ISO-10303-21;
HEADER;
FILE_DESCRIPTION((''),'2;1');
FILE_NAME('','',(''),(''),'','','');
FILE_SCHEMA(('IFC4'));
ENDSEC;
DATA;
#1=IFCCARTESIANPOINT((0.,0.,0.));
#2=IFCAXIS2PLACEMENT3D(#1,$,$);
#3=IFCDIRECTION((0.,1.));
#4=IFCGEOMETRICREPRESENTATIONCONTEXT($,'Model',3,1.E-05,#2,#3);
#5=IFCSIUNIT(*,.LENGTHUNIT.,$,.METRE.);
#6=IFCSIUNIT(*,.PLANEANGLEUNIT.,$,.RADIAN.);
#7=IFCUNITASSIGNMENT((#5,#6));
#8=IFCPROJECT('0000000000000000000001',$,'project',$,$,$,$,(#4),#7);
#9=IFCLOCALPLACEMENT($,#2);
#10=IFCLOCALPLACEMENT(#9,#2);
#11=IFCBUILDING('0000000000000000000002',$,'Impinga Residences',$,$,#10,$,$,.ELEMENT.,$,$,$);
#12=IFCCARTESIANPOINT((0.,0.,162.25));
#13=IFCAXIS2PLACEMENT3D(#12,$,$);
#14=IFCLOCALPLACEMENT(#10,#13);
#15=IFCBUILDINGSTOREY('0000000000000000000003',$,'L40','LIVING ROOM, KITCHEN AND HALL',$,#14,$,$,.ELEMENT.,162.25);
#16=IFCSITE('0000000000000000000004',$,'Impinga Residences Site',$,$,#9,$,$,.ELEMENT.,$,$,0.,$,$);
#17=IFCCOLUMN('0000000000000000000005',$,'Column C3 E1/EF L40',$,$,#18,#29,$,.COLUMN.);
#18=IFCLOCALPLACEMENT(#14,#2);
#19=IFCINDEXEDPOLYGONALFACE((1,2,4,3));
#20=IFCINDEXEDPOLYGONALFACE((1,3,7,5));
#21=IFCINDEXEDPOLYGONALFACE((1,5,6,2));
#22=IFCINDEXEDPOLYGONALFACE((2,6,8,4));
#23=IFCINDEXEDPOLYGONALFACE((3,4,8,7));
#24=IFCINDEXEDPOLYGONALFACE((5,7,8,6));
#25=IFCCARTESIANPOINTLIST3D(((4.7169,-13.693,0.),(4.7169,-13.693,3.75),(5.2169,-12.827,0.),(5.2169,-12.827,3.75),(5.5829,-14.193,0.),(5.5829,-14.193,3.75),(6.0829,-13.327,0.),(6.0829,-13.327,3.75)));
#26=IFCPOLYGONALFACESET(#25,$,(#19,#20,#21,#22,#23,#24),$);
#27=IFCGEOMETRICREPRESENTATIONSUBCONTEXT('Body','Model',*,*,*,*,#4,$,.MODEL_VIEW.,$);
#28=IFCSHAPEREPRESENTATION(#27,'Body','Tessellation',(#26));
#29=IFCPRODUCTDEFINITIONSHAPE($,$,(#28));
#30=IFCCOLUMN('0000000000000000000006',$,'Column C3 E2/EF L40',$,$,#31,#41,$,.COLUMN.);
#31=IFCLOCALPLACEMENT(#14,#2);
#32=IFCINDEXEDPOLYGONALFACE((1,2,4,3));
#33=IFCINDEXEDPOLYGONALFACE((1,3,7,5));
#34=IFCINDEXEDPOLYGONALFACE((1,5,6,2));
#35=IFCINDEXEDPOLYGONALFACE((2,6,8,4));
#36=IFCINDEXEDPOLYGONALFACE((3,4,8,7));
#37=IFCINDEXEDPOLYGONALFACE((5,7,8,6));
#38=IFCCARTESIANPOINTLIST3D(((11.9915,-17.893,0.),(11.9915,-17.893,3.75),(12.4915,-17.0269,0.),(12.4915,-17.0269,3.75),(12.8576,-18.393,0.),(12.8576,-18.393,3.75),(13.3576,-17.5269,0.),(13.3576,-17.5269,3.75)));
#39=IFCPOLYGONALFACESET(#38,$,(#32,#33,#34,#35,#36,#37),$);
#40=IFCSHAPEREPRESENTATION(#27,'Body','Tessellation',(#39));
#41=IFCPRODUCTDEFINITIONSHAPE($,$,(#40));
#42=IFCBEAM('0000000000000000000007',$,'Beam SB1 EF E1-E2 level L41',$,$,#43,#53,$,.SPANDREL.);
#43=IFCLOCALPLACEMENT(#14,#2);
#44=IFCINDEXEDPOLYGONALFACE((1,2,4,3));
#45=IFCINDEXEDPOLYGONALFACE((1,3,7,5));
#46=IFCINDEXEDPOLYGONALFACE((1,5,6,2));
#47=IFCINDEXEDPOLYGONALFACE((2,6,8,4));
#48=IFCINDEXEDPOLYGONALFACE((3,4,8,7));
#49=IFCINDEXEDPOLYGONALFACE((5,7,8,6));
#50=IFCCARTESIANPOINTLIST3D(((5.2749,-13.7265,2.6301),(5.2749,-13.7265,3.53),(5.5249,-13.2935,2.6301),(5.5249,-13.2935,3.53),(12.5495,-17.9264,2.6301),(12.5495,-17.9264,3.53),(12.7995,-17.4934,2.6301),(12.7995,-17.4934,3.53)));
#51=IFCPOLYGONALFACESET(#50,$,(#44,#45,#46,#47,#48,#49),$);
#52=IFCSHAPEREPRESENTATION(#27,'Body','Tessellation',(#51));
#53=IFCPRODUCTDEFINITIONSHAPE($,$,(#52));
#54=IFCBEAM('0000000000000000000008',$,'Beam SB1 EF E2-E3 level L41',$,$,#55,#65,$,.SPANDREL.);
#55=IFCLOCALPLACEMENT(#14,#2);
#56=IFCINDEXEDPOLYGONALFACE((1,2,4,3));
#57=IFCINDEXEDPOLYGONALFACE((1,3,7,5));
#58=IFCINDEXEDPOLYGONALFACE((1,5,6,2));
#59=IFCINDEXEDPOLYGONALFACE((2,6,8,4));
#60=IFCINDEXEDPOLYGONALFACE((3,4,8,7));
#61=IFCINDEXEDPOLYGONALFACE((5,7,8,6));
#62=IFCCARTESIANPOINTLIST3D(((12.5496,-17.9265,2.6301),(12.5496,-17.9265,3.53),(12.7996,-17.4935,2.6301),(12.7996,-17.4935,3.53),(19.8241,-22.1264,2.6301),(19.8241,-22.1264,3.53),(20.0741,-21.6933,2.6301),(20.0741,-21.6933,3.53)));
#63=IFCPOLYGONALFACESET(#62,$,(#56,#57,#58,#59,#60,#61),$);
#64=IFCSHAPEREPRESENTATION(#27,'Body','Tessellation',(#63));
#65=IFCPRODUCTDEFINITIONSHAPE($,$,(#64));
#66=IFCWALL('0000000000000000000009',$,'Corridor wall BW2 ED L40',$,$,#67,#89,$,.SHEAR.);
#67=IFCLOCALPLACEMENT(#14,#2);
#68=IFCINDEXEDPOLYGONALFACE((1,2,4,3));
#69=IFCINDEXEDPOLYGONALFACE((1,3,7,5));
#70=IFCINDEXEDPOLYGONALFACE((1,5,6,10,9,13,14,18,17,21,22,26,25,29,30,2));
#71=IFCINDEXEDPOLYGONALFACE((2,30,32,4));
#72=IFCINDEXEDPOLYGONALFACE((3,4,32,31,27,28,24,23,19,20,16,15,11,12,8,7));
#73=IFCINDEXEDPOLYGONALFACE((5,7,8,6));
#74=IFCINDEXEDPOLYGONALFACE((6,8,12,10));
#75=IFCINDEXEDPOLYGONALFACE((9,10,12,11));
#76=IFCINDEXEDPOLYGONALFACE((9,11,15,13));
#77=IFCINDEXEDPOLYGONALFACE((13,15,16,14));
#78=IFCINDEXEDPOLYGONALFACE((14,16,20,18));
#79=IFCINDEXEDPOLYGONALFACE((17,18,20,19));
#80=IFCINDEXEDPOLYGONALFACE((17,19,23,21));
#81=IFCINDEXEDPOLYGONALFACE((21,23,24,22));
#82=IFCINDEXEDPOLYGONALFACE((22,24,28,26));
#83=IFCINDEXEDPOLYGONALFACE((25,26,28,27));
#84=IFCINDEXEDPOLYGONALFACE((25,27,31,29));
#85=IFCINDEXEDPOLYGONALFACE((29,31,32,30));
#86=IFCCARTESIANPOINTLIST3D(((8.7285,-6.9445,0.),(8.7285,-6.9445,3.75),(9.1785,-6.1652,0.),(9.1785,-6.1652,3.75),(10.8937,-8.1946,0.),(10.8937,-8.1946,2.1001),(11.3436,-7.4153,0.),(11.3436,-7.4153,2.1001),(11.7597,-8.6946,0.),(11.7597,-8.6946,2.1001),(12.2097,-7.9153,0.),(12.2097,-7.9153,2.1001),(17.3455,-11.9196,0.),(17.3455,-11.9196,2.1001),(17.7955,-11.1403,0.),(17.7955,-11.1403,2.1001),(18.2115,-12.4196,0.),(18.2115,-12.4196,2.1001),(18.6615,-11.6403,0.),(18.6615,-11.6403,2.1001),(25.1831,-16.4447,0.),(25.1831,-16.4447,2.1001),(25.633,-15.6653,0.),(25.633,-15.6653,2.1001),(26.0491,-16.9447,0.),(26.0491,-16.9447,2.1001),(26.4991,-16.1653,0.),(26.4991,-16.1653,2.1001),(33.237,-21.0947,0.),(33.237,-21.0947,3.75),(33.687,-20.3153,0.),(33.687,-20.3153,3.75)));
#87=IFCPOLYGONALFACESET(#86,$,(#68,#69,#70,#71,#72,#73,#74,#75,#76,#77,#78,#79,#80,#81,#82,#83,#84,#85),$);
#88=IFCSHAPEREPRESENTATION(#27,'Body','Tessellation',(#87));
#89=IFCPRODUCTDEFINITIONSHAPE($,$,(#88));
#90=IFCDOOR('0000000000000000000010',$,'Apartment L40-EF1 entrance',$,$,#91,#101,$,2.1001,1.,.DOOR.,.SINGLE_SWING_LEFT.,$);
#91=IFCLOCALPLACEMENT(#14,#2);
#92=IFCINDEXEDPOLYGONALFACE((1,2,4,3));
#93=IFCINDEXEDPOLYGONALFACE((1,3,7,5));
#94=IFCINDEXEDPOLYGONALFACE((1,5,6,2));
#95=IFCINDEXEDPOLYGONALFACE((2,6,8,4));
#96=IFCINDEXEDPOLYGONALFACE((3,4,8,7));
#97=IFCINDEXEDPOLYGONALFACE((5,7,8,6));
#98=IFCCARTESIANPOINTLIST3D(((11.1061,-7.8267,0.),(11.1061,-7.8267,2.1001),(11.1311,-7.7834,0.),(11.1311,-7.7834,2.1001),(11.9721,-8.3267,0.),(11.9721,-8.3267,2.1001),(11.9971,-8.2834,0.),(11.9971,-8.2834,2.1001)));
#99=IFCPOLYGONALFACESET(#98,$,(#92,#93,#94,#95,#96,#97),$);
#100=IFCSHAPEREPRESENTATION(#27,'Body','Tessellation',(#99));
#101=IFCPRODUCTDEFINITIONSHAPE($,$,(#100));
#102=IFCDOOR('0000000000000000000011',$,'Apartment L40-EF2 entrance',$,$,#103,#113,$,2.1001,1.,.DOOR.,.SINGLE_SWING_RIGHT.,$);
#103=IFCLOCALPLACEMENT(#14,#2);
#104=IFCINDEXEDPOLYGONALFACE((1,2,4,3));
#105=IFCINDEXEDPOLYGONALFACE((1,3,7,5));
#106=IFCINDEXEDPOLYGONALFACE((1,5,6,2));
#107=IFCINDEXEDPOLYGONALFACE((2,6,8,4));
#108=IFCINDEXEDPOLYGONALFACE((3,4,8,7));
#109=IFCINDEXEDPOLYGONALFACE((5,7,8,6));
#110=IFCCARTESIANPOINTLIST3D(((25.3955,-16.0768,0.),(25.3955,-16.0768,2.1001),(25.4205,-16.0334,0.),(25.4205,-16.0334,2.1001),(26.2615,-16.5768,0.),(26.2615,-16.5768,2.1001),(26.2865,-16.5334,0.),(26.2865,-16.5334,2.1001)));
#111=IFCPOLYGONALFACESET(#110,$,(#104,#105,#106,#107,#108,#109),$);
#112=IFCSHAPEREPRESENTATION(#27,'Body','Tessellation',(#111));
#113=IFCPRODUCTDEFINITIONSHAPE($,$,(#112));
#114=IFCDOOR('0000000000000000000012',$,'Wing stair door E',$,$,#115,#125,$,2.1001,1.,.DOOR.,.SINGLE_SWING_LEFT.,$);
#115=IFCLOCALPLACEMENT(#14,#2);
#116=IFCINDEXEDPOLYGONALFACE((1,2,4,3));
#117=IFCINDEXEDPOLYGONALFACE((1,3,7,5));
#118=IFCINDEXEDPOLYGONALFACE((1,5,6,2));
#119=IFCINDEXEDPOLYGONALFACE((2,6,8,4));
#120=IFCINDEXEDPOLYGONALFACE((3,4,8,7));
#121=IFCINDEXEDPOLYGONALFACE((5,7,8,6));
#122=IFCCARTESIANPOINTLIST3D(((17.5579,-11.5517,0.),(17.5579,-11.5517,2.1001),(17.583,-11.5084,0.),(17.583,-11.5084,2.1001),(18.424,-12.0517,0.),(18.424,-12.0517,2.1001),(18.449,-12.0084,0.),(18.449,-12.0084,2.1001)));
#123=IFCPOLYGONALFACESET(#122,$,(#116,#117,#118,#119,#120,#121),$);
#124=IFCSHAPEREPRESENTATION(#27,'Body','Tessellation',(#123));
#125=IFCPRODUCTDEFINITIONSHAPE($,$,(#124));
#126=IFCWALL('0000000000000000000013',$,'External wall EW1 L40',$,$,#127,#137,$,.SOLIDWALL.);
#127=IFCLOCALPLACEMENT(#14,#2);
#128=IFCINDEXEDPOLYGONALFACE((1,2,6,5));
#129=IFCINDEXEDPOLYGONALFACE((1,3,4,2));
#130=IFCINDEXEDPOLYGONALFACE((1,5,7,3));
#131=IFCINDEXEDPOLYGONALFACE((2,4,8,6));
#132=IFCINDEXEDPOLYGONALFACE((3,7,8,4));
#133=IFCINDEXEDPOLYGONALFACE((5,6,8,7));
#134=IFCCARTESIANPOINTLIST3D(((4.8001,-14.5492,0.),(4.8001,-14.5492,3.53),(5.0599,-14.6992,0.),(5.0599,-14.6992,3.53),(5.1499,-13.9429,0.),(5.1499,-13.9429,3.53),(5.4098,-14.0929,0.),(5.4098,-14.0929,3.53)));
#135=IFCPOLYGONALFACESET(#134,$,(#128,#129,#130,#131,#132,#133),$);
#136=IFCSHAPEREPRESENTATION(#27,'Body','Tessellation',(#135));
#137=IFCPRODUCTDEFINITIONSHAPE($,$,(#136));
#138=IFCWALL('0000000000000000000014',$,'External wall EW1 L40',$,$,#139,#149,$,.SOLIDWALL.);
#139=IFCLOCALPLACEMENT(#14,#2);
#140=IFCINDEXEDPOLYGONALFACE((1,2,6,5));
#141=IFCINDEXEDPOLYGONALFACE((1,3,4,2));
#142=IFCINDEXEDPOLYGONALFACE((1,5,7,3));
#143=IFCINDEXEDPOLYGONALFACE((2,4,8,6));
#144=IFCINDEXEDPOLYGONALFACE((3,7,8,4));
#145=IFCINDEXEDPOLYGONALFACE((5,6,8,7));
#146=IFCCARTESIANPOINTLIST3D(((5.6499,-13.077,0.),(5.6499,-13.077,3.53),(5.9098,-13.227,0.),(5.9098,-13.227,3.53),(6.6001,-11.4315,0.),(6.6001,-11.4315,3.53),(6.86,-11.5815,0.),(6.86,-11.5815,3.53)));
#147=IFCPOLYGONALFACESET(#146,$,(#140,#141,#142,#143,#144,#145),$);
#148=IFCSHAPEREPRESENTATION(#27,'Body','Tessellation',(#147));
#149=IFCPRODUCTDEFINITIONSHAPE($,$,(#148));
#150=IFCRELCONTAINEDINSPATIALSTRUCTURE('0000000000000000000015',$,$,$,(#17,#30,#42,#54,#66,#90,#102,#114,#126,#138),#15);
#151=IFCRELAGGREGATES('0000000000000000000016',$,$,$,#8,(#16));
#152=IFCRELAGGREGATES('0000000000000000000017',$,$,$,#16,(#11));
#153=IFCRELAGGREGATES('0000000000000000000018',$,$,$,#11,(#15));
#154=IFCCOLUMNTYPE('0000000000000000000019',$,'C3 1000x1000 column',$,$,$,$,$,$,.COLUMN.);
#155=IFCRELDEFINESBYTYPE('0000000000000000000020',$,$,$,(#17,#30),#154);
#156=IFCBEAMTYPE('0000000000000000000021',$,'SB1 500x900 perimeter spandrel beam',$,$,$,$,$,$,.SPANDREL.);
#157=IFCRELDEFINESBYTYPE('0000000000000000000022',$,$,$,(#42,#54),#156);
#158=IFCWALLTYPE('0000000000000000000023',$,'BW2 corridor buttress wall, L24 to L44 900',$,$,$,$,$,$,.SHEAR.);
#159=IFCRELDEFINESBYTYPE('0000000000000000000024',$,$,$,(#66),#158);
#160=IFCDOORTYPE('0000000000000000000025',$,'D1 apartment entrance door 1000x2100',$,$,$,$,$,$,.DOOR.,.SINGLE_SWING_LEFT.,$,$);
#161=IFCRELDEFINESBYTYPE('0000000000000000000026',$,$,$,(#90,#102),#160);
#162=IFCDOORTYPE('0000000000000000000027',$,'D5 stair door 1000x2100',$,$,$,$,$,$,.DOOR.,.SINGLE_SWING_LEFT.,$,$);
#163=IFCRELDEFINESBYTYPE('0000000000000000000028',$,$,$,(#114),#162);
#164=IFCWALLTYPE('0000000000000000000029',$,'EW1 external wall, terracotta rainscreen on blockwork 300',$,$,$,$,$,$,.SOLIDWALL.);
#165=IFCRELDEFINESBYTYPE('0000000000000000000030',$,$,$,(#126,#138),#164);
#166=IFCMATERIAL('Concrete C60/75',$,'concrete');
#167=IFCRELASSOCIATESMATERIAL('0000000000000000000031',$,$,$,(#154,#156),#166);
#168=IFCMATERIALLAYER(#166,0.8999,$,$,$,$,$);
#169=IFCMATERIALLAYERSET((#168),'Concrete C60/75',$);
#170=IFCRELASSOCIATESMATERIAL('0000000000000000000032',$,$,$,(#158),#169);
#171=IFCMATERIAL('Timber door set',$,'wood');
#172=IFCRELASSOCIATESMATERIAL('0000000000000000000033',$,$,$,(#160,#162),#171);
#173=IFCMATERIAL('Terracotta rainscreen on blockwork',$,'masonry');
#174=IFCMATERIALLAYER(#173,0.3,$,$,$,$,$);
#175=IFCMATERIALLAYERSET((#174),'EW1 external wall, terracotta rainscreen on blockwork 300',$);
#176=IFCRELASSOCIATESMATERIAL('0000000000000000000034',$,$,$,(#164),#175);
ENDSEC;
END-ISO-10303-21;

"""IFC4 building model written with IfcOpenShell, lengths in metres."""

from ifc_helpers import new_model, si_unit, direction, frame, frame_2d, origin, origin_2d, place, context, subcontext, project, spatial, rectangle, extrude, material, layer, layer_set, material_profile, profile_set, type_object, element, fill, save


model = new_model("IFC4")

# Units and contexts
model_context = context("Model", 3, precision=1e-05, world=origin(), true_north=direction((0.0, 1.0)))
body_context = subcontext(model_context, "Body", "Model", "MODEL_VIEW")
ifc_project = project(units=[si_unit("LENGTHUNIT", "METRE"), si_unit("PLANEANGLEUNIT", "RADIAN")], contexts=[model_context])

# Site, building, storey
site_placement = place(None, origin())
site = spatial("IfcSite", under=ifc_project, at=site_placement, Name="Impinga Residences Site", CompositionType="ELEMENT", RefElevation=0.0)
building_placement = place(site_placement, origin())
building = spatial("IfcBuilding", under=site, at=building_placement, Name="Impinga Residences", CompositionType="ELEMENT")
storey_placement = place(building_placement, frame((0.0, 0.0, 162.25)))
storey = spatial("IfcBuildingStorey", under=building, at=storey_placement, Name="L40", Description="LIVING ROOM, KITCHEN AND HALL", CompositionType="ELEMENT", Elevation=162.25)

# Columns
ifc_material_1 = material(Name="Concrete C60/75", Category="concrete")
ifc_material_profile_1 = material_profile(ifc_material_1, rectangle(XDim=1.0, YDim=1.0, at=origin_2d()), Name="RC 1000x1000")
ifc_profile_set_1 = profile_set([ifc_material_profile_1], Name="Concrete C60/75")
column_type = type_object("IfcColumnType", Name="C3 1000x1000 column", PredefinedType="COLUMN", material=ifc_profile_set_1)
for number, where, z_axis, x_axis, name in (
    (1, (5.3999, -13.51, 0.0), (0.0, 0.0, 1.0), (-0.5, -0.866025, 0.0), "Column C3 E1/EF L40"),
    (2, (12.6746, -17.71, 0.0), (0.0, 0.0, 1.0), (-0.5, -0.866025, 0.0), "Column C3 E2/EF L40"),
):
    element("IfcColumn", number, at=place(storey_placement, frame(where, z_axis=z_axis, x_axis=x_axis)), inside=storey, type_object=column_type, Name=name, PredefinedType="COLUMN", context=body_context, shape_type="SweptSolid", body=[
        extrude(rectangle(XDim=1.0, YDim=1.0, at=origin_2d()), origin(), (0.0, 0.0, 1.0), 3.75),
    ])

# Beams
ifc_material_profile_2 = material_profile(ifc_material_1, rectangle(XDim=0.5, YDim=0.8999, at=origin_2d()), Name="RC 500x900")
ifc_profile_set_2 = profile_set([ifc_material_profile_2], Name="Concrete C60/75")
beam_type = type_object("IfcBeamType", Name="SB1 500x900 perimeter spandrel beam", PredefinedType="SPANDREL", material=ifc_profile_set_2)
for number, where, z_axis, x_axis, name in (
    (3, (5.3999, -13.51, 3.0801), (0.866029, -0.499993, 0.0), (0.499993, 0.866029, 0.0), "Beam SB1 EF E1-E2 level L41"),
    (4, (12.6746, -17.71, 3.0801), (0.866029, -0.499993, 0.0), (0.499993, 0.866029, 0.0), "Beam SB1 EF E2-E3 level L41"),
):
    element("IfcBeam", number, at=place(storey_placement, frame(where, z_axis=z_axis, x_axis=x_axis)), inside=storey, type_object=beam_type, Name=name, PredefinedType="SPANDREL", context=body_context, shape_type="SweptSolid", body=[
        extrude(rectangle(XDim=0.5, YDim=0.8999, at=origin_2d()), origin(), (0.0, 0.0, 1.0), 8.3999),
    ])

# Wall, openings, doors
ifc_layer_1 = layer(ifc_material_1, 0.8999)
ifc_layer_set_1 = layer_set([ifc_layer_1], Name="Concrete C60/75")
wall_type_1 = type_object("IfcWallType", Name="BW2 corridor buttress wall, L24 to L44 900", PredefinedType="SHEAR", material=ifc_layer_set_1)
wall_1_placement = place(storey_placement, frame((8.9536, -6.5549, 0.0), z_axis=(0.0, 0.0, 1.0), x_axis=(0.866023, -0.500003, 0.0)))
wall_1 = element("IfcWall", 5, at=wall_1_placement, inside=storey, type_object=wall_type_1, Name="Corridor wall BW2 ED L40", PredefinedType="SHEAR", context=body_context, shape_type="SweptSolid", body=[
    extrude(rectangle(XDim=28.3, YDim=0.8999, at=frame_2d((14.1499, 0.0))), origin(), (0.0, 0.0, 1.0), 3.75),
])
opening_1_placement = place(wall_1_placement, frame((9.95, 0.0, 0.0)))
opening_1 = element("IfcOpeningElement", 6, at=opening_1_placement, cuts=wall_1, PredefinedType="OPENING", context=body_context, shape_type="SweptSolid", body=[
    extrude(rectangle(XDim=1.0, YDim=2.1001, at=frame_2d((0.5, 1.05))), frame((0.0, 0.46, 0.0), z_axis=(0.0, -1.0, 0.0), x_axis=(1.0, 0.0, 0.0)), (0.0, 0.0, 1.0), 0.9199),
])
opening_2_placement = place(wall_1_placement, frame((2.5, 0.0, 0.0)))
opening_2 = element("IfcOpeningElement", 7, at=opening_2_placement, cuts=wall_1, PredefinedType="OPENING", context=body_context, shape_type="SweptSolid", body=[
    extrude(rectangle(XDim=1.0, YDim=2.1001, at=frame_2d((0.5, 1.05))), frame((0.0, 0.46, 0.0), z_axis=(0.0, -1.0, 0.0), x_axis=(1.0, 0.0, 0.0)), (0.0, 0.0, 1.0), 0.9199),
])
opening_3_placement = place(wall_1_placement, frame((19.0, 0.0, 0.0)))
opening_3 = element("IfcOpeningElement", 8, at=opening_3_placement, cuts=wall_1, PredefinedType="OPENING", context=body_context, shape_type="SweptSolid", body=[
    extrude(rectangle(XDim=1.0, YDim=2.1001, at=frame_2d((0.5, 1.05))), frame((0.0, 0.46, 0.0), z_axis=(0.0, -1.0, 0.0), x_axis=(1.0, 0.0, 0.0)), (0.0, 0.0, 1.0), 0.9199),
])
ifc_material_2 = material(Name="Timber door set", Category="wood")
door_type_1 = type_object("IfcDoorType", Name="D1 apartment entrance door 1000x2100", OperationType="SINGLE_SWING_LEFT", PredefinedType="DOOR", material=ifc_material_2)
door_1_placement = place(opening_2_placement, origin())
door_1 = element("IfcDoor", 9, at=door_1_placement, inside=storey, type_object=door_type_1, Name="Apartment L40-EF1 entrance", OperationType="SINGLE_SWING_LEFT", OverallHeight=2.1001, OverallWidth=1.0, PredefinedType="DOOR", context=body_context, shape_type="SweptSolid", body=[
    extrude(rectangle(XDim=1.0, YDim=2.1001, at=frame_2d((0.5, 1.05))), frame((0.0, 0.0249, 0.0), z_axis=(0.0, -1.0, 0.0), x_axis=(1.0, 0.0, 0.0)), (0.0, 0.0, 1.0), 0.05),
])
fill(opening_2, door_1)
door_2_placement = place(opening_3_placement, origin())
door_2 = element("IfcDoor", 10, at=door_2_placement, inside=storey, type_object=door_type_1, Name="Apartment L40-EF2 entrance", OperationType="SINGLE_SWING_RIGHT", OverallHeight=2.1001, OverallWidth=1.0, PredefinedType="DOOR", context=body_context, shape_type="SweptSolid", body=[
    extrude(rectangle(XDim=1.0, YDim=2.1001, at=frame_2d((0.5, 1.05))), frame((0.0, 0.0249, 0.0), z_axis=(0.0, -1.0, 0.0), x_axis=(1.0, 0.0, 0.0)), (0.0, 0.0, 1.0), 0.05),
])
fill(opening_3, door_2)
door_type_2 = type_object("IfcDoorType", Name="D5 stair door 1000x2100", OperationType="SINGLE_SWING_LEFT", PredefinedType="DOOR", material=ifc_material_2)
door_3_placement = place(opening_1_placement, origin())
door_3 = element("IfcDoor", 11, at=door_3_placement, inside=storey, type_object=door_type_2, Name="Wing stair door E", OperationType="SINGLE_SWING_LEFT", OverallHeight=2.1001, OverallWidth=1.0, PredefinedType="DOOR", context=body_context, shape_type="SweptSolid", body=[
    extrude(rectangle(XDim=1.0, YDim=2.1001, at=frame_2d((0.5, 1.05))), frame((0.0, 0.0249, 0.0), z_axis=(0.0, -1.0, 0.0), x_axis=(1.0, 0.0, 0.0)), (0.0, 0.0, 1.0), 0.05),
])
fill(opening_1, door_3)

# Walls
ifc_material_3 = material(Name="Terracotta rainscreen on blockwork", Category="masonry")
ifc_layer_2 = layer(ifc_material_3, 0.3)
ifc_layer_set_2 = layer_set([ifc_layer_2], Name="EW1 external wall, terracotta rainscreen on blockwork 300")
wall_type_2 = type_object("IfcWallType", Name="EW1 external wall, terracotta rainscreen on blockwork 300", PredefinedType="SOLIDWALL", material=ifc_layer_set_2)
wall_2_placement = place(storey_placement, frame((4.9299, -14.6243, 0.0), z_axis=(0.0, 0.0, 1.0), x_axis=(0.499853, 0.86611, 0.0)))
element("IfcWall", 12, at=wall_2_placement, inside=storey, type_object=wall_type_2, Name="External wall EW1 L40", PredefinedType="SOLIDWALL", context=body_context, shape_type="SweptSolid", body=[
    extrude(rectangle(XDim=0.7, YDim=0.3, at=frame_2d((0.3501, 0.0))), origin(), (0.0, 0.0, 1.0), 3.53),
])
wall_3_placement = place(storey_placement, frame((5.7798, -13.1521, 0.0), z_axis=(0.0, 0.0, 1.0), x_axis=(0.500064, 0.865989, 0.0)))
element("IfcWall", 13, at=wall_3_placement, inside=storey, type_object=wall_type_2, Name="External wall EW1 L40", PredefinedType="SOLIDWALL", context=body_context, shape_type="SweptSolid", body=[
    extrude(rectangle(XDim=1.9001, YDim=0.3, at=frame_2d((0.9502, 0.0))), origin(), (0.0, 0.0, 1.0), 3.53),
])

save(model, "model.ifc")
